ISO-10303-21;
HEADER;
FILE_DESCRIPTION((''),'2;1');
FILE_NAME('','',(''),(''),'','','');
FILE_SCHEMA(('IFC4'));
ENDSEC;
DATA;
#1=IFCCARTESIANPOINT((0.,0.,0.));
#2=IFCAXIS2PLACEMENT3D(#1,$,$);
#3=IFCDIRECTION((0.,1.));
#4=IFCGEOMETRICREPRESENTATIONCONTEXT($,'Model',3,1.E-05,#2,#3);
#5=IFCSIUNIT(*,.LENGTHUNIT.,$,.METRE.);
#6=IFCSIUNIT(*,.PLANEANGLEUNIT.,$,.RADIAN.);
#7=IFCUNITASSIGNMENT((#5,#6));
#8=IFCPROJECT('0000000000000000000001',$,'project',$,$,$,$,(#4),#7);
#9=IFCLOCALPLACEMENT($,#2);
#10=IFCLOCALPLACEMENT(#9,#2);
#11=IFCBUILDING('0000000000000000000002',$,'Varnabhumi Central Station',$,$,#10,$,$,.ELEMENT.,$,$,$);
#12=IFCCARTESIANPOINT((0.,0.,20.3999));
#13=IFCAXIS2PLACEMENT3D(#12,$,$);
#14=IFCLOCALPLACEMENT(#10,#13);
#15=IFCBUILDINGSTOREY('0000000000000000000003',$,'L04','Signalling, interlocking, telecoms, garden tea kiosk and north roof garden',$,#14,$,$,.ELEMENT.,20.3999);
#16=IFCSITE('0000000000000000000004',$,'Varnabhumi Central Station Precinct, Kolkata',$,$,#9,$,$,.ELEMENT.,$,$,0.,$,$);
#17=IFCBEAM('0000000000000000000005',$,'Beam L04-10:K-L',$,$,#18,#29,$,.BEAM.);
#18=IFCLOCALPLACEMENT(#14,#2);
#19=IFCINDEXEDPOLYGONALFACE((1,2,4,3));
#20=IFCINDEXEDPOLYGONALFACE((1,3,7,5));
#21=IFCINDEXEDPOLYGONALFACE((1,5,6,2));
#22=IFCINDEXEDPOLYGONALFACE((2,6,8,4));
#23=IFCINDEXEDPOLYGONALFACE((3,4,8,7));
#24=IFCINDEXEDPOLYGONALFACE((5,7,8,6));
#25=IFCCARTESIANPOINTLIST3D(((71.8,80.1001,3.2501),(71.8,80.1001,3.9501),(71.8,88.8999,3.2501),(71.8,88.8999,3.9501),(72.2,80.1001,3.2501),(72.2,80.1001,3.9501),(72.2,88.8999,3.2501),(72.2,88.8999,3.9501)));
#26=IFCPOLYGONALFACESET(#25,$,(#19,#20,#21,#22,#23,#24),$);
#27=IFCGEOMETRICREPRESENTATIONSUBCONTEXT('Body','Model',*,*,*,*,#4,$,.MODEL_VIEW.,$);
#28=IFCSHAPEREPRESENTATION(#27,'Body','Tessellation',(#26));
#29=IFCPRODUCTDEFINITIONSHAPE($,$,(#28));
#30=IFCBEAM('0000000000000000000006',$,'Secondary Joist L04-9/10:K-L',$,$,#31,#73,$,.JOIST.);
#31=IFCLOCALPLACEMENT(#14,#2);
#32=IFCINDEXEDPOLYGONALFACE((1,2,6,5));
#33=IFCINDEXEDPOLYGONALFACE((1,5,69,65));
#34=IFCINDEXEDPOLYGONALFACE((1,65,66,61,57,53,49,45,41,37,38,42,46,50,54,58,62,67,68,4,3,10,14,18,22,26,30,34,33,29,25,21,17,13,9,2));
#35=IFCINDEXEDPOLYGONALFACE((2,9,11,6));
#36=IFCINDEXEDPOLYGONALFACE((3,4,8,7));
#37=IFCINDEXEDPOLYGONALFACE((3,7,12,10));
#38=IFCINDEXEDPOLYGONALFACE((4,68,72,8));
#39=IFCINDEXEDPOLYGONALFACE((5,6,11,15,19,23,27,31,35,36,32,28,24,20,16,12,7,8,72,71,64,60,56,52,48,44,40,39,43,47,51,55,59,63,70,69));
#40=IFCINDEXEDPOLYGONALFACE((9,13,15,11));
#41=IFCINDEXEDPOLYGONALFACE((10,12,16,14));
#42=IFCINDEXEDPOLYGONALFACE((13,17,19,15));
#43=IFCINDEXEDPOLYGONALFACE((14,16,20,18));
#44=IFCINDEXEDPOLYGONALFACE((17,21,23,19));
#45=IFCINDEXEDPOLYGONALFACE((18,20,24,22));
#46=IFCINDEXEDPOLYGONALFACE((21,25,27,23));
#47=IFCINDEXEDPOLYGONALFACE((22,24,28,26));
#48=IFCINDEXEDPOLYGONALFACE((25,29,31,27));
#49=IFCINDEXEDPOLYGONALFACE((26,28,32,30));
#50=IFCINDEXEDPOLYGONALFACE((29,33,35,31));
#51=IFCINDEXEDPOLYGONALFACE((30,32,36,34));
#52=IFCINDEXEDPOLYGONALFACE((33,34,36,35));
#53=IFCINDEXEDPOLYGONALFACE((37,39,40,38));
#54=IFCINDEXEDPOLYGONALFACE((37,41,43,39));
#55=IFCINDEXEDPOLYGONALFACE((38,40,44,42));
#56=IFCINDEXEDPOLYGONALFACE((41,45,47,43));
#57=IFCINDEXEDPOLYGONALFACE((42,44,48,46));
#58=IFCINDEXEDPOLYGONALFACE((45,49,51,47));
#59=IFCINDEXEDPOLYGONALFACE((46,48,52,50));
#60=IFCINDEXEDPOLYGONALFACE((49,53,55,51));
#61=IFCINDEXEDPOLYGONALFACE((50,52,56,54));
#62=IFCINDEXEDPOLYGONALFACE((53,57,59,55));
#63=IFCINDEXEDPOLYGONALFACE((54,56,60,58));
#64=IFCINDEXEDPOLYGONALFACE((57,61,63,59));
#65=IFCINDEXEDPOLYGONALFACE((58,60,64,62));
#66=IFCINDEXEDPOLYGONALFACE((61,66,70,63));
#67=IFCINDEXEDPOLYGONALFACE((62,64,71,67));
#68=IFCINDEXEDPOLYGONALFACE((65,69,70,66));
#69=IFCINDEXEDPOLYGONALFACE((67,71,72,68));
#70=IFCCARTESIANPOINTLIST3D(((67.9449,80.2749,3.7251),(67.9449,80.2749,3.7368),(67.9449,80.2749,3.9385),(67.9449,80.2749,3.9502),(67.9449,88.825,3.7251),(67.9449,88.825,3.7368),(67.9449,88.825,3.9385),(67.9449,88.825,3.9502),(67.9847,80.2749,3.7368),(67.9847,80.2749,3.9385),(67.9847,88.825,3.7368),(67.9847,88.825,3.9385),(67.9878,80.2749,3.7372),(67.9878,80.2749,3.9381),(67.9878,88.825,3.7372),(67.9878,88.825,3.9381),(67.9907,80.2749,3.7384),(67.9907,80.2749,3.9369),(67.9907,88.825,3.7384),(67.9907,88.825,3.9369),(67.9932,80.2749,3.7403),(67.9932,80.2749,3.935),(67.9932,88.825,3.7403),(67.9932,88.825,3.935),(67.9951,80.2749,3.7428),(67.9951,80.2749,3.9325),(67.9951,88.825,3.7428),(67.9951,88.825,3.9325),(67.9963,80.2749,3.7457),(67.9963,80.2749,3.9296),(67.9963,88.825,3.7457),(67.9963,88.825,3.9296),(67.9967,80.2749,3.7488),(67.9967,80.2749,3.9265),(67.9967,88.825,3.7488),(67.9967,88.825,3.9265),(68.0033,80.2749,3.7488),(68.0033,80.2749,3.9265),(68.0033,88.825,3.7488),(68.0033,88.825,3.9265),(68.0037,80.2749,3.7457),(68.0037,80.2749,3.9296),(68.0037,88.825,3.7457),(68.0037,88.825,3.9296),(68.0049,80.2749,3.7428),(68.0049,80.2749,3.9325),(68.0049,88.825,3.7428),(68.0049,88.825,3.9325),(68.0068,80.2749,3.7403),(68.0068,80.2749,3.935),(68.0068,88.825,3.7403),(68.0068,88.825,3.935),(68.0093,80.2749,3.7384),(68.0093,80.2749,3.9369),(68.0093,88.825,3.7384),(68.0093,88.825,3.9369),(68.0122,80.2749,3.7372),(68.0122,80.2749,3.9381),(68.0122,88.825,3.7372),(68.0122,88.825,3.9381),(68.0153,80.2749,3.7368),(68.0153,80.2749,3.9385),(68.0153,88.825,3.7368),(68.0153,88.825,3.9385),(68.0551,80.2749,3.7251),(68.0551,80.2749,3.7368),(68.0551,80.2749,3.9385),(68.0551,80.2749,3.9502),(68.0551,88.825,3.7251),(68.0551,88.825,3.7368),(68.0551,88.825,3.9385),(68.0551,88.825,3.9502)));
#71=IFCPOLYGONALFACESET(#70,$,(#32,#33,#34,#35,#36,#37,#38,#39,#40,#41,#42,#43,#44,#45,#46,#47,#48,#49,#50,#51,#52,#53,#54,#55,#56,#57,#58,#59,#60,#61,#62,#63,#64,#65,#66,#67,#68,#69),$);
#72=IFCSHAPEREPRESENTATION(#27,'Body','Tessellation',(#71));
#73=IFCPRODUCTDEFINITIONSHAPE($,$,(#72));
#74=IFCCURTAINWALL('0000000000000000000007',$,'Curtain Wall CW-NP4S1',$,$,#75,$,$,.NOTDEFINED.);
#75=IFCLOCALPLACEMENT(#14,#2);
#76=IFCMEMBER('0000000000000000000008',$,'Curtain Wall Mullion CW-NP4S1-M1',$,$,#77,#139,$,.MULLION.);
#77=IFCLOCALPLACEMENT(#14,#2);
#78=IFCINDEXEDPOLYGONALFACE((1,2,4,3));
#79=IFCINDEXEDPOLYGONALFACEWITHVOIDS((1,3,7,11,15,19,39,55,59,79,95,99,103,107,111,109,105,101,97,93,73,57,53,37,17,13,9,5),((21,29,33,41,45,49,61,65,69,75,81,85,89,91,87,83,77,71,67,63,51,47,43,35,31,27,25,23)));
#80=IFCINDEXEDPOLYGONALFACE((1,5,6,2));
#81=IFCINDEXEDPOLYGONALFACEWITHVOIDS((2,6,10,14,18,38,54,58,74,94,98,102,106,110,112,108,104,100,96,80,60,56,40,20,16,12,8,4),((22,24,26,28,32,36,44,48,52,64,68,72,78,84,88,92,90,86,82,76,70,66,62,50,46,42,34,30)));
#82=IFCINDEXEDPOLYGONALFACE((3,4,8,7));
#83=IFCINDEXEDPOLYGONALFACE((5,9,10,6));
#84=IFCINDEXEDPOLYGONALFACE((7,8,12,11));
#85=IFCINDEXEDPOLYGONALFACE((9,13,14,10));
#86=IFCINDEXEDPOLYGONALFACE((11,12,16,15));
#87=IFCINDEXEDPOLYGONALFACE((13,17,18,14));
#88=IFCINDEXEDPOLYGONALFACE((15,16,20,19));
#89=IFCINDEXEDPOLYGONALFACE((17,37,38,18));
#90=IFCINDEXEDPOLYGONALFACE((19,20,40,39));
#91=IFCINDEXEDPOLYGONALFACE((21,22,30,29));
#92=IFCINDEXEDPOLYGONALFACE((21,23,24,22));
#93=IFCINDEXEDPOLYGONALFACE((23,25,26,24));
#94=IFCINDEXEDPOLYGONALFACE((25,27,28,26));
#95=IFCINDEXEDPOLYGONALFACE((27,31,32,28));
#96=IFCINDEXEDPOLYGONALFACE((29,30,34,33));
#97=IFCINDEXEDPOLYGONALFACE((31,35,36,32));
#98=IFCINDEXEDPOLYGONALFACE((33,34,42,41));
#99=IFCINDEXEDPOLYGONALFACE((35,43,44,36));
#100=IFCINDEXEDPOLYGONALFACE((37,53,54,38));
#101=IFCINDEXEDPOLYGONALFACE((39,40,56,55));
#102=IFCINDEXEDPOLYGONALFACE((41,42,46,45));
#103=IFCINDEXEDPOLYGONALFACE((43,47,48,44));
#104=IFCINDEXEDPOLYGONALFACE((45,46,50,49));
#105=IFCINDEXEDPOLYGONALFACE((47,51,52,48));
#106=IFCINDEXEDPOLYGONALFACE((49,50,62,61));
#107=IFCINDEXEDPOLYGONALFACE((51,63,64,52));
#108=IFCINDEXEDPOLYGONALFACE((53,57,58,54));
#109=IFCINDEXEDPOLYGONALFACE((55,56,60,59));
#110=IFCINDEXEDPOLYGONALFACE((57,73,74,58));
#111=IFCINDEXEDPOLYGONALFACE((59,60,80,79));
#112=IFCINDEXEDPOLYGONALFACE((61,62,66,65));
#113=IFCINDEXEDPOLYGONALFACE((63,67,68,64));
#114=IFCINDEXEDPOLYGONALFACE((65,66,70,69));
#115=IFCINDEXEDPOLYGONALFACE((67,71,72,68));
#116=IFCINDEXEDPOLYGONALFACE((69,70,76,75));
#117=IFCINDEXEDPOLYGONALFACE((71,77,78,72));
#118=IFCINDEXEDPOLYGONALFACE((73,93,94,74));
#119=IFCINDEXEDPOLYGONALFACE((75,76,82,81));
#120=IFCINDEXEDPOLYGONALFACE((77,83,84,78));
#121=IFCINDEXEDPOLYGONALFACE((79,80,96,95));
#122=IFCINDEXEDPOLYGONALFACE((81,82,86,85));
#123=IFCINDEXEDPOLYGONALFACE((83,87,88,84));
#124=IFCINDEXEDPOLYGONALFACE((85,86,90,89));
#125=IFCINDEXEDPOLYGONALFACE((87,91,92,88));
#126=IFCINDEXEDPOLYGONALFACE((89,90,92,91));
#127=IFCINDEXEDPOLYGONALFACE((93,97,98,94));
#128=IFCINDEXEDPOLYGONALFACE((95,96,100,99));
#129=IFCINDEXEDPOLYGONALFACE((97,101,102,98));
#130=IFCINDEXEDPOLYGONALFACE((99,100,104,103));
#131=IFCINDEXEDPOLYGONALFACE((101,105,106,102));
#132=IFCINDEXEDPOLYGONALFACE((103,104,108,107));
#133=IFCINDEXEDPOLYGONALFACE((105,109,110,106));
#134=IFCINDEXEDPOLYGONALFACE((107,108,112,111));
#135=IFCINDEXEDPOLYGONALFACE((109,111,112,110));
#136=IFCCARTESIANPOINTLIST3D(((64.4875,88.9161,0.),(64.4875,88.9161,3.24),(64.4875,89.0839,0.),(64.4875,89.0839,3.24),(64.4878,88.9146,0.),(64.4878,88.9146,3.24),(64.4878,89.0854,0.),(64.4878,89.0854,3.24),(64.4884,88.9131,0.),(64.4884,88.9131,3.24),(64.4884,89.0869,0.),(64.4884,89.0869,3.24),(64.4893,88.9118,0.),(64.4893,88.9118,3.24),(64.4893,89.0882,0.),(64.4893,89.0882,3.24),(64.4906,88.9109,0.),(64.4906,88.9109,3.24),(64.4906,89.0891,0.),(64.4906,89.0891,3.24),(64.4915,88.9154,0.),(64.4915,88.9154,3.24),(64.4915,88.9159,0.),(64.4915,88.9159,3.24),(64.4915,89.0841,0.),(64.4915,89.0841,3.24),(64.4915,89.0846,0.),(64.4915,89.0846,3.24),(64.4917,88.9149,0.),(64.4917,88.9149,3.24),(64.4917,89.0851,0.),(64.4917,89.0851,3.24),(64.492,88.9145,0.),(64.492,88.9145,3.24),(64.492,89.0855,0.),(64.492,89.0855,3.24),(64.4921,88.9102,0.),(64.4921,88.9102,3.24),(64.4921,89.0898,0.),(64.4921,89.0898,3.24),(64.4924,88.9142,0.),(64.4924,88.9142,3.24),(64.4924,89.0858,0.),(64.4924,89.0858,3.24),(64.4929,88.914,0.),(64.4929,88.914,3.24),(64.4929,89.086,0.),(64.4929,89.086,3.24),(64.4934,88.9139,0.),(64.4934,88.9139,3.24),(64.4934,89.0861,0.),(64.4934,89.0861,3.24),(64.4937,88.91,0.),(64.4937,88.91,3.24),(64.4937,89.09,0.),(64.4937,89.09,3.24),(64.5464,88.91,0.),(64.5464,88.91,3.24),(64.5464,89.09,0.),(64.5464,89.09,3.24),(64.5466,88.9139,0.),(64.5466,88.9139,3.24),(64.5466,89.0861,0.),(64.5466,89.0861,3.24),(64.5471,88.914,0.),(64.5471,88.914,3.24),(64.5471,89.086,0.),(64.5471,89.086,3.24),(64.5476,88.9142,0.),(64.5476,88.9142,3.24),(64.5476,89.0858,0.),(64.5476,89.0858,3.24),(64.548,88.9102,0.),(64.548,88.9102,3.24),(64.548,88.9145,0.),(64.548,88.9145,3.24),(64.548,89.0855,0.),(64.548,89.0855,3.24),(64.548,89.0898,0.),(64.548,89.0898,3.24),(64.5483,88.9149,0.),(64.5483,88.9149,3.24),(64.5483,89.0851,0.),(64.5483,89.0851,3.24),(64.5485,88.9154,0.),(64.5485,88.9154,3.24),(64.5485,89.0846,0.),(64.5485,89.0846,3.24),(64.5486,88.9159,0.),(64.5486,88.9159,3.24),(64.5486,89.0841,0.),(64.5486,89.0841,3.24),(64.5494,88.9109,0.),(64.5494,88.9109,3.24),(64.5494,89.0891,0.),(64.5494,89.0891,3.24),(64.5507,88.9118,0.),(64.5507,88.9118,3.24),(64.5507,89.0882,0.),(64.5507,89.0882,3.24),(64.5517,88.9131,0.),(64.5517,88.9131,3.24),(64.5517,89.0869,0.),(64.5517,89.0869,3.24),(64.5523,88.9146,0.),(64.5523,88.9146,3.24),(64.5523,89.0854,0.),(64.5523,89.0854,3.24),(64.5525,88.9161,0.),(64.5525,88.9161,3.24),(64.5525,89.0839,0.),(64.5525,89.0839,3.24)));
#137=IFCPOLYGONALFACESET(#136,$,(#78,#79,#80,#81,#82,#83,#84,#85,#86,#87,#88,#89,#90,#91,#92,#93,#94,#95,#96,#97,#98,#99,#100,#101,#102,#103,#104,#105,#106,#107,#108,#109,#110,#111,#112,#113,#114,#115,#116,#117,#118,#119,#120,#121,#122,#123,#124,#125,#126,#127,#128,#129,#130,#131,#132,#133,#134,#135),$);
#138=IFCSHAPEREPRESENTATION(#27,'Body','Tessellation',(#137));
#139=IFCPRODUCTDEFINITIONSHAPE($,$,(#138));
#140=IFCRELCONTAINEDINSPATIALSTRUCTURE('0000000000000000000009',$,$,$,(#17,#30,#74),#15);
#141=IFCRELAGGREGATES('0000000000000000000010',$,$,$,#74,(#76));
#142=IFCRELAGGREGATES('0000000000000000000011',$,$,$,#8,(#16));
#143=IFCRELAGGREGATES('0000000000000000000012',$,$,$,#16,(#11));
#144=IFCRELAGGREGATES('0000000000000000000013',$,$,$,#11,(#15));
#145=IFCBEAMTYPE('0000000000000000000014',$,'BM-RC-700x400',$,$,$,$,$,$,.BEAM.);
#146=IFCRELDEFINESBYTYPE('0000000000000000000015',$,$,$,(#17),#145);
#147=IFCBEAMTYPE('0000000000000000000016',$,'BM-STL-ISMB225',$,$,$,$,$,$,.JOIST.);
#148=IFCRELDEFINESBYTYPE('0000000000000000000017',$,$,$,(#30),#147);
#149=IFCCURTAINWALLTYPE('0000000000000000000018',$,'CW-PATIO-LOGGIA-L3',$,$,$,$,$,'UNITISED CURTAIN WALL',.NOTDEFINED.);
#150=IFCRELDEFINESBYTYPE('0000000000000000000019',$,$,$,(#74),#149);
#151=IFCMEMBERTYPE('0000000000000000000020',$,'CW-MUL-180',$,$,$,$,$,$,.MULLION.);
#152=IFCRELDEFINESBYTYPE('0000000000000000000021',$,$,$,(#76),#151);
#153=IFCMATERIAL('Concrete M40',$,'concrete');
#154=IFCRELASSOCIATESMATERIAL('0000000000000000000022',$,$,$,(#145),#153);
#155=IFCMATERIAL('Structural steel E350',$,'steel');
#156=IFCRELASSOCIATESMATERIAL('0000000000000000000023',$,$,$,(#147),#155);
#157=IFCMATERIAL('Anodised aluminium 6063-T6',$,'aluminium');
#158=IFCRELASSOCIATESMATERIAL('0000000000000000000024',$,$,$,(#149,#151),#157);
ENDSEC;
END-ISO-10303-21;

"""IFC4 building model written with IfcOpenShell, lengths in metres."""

from ifc_helpers import new_model, si_unit, direction, frame, origin, origin_2d, place, context, subcontext, project, spatial, rectangle, hollow_rectangle, i_section, extrude, material, material_profile, profile_set, type_object, element, aggregate, save


model = new_model("IFC4")

# Units and contexts
model_context = context("Model", 3, precision=1e-05, world=origin(), true_north=direction((0.0, 1.0)))
body_context = subcontext(model_context, "Body", "Model", "MODEL_VIEW")
ifc_project = project(units=[si_unit("LENGTHUNIT", "METRE"), si_unit("PLANEANGLEUNIT", "RADIAN")], contexts=[model_context])

# Site, building, storey
site_placement = place(None, origin())
site = spatial("IfcSite", under=ifc_project, at=site_placement, Name="Varnabhumi Central Station Precinct, Kolkata", CompositionType="ELEMENT", RefElevation=0.0)
building_placement = place(site_placement, origin())
building = spatial("IfcBuilding", under=site, at=building_placement, Name="Varnabhumi Central Station", CompositionType="ELEMENT")
storey_placement = place(building_placement, frame((0.0, 0.0, 20.3999)))
storey = spatial("IfcBuildingStorey", under=building, at=storey_placement, Name="L04", Description="Signalling, interlocking, telecoms, garden tea kiosk and north roof garden", CompositionType="ELEMENT", Elevation=20.3999)

# Shared definitions
ifc_material_1 = material(Name="Concrete M40", Category="concrete")

# Beams
ifc_material_2 = material(Name="Structural steel E350", Category="steel")
ifc_material_profile_1 = material_profile(ifc_material_1, rectangle(XDim=0.3999, YDim=0.7, at=origin_2d()), Name="Concrete M40", Category="concrete")
ifc_profile_set_1 = profile_set([ifc_material_profile_1], Name="Concrete M40")
beam_type_1 = type_object("IfcBeamType", Name="BM-RC-700x400", PredefinedType="BEAM", material=ifc_profile_set_1)
for number, where, z_axis, x_axis, name in (
    (1, (72.0, 80.1001, 3.6001), (0.0, 1.0, 0.0), (-1.0, 0.0, 0.0), "Beam L04-10:K-L"),
):
    element("IfcBeam", number, at=place(storey_placement, frame(where, z_axis=z_axis, x_axis=x_axis)), inside=storey, type_object=beam_type_1, Name=name, PredefinedType="BEAM", context=body_context, shape_type="SweptSolid", body=[
        extrude(rectangle(XDim=0.3999, YDim=0.7, at=origin_2d()), origin(), (0.0, 0.0, 1.0), 8.7998),
    ])
ifc_material_profile_2 = material_profile(ifc_material_2, i_section(OverallWidth=0.1101, OverallDepth=0.2251, WebThickness=0.0066, FlangeThickness=0.0117, FilletRadius=0.012, at=origin_2d()), Name="Structural steel E350", Category="steel")
ifc_profile_set_2 = profile_set([ifc_material_profile_2], Name="Structural steel E350")
beam_type_2 = type_object("IfcBeamType", Name="BM-STL-ISMB225", PredefinedType="JOIST", material=ifc_profile_set_2)
beam_1_placement = place(storey_placement, frame((68.0, 80.2749, 3.8376), z_axis=(0.0, 1.0, 0.0), x_axis=(-1.0, 0.0, 0.0)))
element("IfcBeam", 2, at=beam_1_placement, inside=storey, type_object=beam_type_2, Name="Secondary Joist L04-9/10:K-L", PredefinedType="JOIST", context=body_context, shape_type="SweptSolid", body=[
    extrude(i_section(OverallWidth=0.1101, OverallDepth=0.2251, WebThickness=0.0066, FlangeThickness=0.0117, FilletRadius=0.012, at=origin_2d()), origin(), (0.0, 0.0, 1.0), 8.55),
])

# Curtain wall, member
ifc_material_3 = material(Name="Anodised aluminium 6063-T6", Category="aluminium")
curtain_wall_type = type_object("IfcCurtainWallType", Name="CW-PATIO-LOGGIA-L3", ElementType="UNITISED CURTAIN WALL", PredefinedType="NOTDEFINED", material=ifc_material_3)
curtain_wall_1_placement = place(storey_placement, origin())
curtain_wall_1 = element("IfcCurtainWall", 3, at=curtain_wall_1_placement, inside=storey, type_object=curtain_wall_type, Name="Curtain Wall CW-NP4S1", PredefinedType="NOTDEFINED")
ifc_material_profile_3 = material_profile(ifc_material_3, hollow_rectangle(XDim=0.0649, YDim=0.1799, WallThickness=0.0039, InnerFilletRadius=0.002, OuterFilletRadius=0.0061, at=origin_2d()), Name="Anodised aluminium 6063-T6", Category="aluminium")
ifc_profile_set_3 = profile_set([ifc_material_profile_3], Name="Anodised aluminium 6063-T6")
member_type_1 = type_object("IfcMemberType", Name="CW-MUL-180", PredefinedType="MULLION", material=ifc_profile_set_3)
member_1_placement = place(storey_placement, frame((64.52, 89.0, 0.0), z_axis=(0.0, 0.0, 1.0), x_axis=(1.0, 0.0, 0.0)))
member_1 = element("IfcMember", 4, at=member_1_placement, type_object=member_type_1, Name="Curtain Wall Mullion CW-NP4S1-M1", PredefinedType="MULLION", context=body_context, shape_type="SweptSolid", body=[
    extrude(hollow_rectangle(XDim=0.0649, YDim=0.1799, WallThickness=0.0039, InnerFilletRadius=0.002, OuterFilletRadius=0.0061, at=origin_2d()), origin(), (0.0, 0.0, 1.0), 3.24),
])

aggregate(curtain_wall_1, [member_1])

save(model, "model.ifc")
